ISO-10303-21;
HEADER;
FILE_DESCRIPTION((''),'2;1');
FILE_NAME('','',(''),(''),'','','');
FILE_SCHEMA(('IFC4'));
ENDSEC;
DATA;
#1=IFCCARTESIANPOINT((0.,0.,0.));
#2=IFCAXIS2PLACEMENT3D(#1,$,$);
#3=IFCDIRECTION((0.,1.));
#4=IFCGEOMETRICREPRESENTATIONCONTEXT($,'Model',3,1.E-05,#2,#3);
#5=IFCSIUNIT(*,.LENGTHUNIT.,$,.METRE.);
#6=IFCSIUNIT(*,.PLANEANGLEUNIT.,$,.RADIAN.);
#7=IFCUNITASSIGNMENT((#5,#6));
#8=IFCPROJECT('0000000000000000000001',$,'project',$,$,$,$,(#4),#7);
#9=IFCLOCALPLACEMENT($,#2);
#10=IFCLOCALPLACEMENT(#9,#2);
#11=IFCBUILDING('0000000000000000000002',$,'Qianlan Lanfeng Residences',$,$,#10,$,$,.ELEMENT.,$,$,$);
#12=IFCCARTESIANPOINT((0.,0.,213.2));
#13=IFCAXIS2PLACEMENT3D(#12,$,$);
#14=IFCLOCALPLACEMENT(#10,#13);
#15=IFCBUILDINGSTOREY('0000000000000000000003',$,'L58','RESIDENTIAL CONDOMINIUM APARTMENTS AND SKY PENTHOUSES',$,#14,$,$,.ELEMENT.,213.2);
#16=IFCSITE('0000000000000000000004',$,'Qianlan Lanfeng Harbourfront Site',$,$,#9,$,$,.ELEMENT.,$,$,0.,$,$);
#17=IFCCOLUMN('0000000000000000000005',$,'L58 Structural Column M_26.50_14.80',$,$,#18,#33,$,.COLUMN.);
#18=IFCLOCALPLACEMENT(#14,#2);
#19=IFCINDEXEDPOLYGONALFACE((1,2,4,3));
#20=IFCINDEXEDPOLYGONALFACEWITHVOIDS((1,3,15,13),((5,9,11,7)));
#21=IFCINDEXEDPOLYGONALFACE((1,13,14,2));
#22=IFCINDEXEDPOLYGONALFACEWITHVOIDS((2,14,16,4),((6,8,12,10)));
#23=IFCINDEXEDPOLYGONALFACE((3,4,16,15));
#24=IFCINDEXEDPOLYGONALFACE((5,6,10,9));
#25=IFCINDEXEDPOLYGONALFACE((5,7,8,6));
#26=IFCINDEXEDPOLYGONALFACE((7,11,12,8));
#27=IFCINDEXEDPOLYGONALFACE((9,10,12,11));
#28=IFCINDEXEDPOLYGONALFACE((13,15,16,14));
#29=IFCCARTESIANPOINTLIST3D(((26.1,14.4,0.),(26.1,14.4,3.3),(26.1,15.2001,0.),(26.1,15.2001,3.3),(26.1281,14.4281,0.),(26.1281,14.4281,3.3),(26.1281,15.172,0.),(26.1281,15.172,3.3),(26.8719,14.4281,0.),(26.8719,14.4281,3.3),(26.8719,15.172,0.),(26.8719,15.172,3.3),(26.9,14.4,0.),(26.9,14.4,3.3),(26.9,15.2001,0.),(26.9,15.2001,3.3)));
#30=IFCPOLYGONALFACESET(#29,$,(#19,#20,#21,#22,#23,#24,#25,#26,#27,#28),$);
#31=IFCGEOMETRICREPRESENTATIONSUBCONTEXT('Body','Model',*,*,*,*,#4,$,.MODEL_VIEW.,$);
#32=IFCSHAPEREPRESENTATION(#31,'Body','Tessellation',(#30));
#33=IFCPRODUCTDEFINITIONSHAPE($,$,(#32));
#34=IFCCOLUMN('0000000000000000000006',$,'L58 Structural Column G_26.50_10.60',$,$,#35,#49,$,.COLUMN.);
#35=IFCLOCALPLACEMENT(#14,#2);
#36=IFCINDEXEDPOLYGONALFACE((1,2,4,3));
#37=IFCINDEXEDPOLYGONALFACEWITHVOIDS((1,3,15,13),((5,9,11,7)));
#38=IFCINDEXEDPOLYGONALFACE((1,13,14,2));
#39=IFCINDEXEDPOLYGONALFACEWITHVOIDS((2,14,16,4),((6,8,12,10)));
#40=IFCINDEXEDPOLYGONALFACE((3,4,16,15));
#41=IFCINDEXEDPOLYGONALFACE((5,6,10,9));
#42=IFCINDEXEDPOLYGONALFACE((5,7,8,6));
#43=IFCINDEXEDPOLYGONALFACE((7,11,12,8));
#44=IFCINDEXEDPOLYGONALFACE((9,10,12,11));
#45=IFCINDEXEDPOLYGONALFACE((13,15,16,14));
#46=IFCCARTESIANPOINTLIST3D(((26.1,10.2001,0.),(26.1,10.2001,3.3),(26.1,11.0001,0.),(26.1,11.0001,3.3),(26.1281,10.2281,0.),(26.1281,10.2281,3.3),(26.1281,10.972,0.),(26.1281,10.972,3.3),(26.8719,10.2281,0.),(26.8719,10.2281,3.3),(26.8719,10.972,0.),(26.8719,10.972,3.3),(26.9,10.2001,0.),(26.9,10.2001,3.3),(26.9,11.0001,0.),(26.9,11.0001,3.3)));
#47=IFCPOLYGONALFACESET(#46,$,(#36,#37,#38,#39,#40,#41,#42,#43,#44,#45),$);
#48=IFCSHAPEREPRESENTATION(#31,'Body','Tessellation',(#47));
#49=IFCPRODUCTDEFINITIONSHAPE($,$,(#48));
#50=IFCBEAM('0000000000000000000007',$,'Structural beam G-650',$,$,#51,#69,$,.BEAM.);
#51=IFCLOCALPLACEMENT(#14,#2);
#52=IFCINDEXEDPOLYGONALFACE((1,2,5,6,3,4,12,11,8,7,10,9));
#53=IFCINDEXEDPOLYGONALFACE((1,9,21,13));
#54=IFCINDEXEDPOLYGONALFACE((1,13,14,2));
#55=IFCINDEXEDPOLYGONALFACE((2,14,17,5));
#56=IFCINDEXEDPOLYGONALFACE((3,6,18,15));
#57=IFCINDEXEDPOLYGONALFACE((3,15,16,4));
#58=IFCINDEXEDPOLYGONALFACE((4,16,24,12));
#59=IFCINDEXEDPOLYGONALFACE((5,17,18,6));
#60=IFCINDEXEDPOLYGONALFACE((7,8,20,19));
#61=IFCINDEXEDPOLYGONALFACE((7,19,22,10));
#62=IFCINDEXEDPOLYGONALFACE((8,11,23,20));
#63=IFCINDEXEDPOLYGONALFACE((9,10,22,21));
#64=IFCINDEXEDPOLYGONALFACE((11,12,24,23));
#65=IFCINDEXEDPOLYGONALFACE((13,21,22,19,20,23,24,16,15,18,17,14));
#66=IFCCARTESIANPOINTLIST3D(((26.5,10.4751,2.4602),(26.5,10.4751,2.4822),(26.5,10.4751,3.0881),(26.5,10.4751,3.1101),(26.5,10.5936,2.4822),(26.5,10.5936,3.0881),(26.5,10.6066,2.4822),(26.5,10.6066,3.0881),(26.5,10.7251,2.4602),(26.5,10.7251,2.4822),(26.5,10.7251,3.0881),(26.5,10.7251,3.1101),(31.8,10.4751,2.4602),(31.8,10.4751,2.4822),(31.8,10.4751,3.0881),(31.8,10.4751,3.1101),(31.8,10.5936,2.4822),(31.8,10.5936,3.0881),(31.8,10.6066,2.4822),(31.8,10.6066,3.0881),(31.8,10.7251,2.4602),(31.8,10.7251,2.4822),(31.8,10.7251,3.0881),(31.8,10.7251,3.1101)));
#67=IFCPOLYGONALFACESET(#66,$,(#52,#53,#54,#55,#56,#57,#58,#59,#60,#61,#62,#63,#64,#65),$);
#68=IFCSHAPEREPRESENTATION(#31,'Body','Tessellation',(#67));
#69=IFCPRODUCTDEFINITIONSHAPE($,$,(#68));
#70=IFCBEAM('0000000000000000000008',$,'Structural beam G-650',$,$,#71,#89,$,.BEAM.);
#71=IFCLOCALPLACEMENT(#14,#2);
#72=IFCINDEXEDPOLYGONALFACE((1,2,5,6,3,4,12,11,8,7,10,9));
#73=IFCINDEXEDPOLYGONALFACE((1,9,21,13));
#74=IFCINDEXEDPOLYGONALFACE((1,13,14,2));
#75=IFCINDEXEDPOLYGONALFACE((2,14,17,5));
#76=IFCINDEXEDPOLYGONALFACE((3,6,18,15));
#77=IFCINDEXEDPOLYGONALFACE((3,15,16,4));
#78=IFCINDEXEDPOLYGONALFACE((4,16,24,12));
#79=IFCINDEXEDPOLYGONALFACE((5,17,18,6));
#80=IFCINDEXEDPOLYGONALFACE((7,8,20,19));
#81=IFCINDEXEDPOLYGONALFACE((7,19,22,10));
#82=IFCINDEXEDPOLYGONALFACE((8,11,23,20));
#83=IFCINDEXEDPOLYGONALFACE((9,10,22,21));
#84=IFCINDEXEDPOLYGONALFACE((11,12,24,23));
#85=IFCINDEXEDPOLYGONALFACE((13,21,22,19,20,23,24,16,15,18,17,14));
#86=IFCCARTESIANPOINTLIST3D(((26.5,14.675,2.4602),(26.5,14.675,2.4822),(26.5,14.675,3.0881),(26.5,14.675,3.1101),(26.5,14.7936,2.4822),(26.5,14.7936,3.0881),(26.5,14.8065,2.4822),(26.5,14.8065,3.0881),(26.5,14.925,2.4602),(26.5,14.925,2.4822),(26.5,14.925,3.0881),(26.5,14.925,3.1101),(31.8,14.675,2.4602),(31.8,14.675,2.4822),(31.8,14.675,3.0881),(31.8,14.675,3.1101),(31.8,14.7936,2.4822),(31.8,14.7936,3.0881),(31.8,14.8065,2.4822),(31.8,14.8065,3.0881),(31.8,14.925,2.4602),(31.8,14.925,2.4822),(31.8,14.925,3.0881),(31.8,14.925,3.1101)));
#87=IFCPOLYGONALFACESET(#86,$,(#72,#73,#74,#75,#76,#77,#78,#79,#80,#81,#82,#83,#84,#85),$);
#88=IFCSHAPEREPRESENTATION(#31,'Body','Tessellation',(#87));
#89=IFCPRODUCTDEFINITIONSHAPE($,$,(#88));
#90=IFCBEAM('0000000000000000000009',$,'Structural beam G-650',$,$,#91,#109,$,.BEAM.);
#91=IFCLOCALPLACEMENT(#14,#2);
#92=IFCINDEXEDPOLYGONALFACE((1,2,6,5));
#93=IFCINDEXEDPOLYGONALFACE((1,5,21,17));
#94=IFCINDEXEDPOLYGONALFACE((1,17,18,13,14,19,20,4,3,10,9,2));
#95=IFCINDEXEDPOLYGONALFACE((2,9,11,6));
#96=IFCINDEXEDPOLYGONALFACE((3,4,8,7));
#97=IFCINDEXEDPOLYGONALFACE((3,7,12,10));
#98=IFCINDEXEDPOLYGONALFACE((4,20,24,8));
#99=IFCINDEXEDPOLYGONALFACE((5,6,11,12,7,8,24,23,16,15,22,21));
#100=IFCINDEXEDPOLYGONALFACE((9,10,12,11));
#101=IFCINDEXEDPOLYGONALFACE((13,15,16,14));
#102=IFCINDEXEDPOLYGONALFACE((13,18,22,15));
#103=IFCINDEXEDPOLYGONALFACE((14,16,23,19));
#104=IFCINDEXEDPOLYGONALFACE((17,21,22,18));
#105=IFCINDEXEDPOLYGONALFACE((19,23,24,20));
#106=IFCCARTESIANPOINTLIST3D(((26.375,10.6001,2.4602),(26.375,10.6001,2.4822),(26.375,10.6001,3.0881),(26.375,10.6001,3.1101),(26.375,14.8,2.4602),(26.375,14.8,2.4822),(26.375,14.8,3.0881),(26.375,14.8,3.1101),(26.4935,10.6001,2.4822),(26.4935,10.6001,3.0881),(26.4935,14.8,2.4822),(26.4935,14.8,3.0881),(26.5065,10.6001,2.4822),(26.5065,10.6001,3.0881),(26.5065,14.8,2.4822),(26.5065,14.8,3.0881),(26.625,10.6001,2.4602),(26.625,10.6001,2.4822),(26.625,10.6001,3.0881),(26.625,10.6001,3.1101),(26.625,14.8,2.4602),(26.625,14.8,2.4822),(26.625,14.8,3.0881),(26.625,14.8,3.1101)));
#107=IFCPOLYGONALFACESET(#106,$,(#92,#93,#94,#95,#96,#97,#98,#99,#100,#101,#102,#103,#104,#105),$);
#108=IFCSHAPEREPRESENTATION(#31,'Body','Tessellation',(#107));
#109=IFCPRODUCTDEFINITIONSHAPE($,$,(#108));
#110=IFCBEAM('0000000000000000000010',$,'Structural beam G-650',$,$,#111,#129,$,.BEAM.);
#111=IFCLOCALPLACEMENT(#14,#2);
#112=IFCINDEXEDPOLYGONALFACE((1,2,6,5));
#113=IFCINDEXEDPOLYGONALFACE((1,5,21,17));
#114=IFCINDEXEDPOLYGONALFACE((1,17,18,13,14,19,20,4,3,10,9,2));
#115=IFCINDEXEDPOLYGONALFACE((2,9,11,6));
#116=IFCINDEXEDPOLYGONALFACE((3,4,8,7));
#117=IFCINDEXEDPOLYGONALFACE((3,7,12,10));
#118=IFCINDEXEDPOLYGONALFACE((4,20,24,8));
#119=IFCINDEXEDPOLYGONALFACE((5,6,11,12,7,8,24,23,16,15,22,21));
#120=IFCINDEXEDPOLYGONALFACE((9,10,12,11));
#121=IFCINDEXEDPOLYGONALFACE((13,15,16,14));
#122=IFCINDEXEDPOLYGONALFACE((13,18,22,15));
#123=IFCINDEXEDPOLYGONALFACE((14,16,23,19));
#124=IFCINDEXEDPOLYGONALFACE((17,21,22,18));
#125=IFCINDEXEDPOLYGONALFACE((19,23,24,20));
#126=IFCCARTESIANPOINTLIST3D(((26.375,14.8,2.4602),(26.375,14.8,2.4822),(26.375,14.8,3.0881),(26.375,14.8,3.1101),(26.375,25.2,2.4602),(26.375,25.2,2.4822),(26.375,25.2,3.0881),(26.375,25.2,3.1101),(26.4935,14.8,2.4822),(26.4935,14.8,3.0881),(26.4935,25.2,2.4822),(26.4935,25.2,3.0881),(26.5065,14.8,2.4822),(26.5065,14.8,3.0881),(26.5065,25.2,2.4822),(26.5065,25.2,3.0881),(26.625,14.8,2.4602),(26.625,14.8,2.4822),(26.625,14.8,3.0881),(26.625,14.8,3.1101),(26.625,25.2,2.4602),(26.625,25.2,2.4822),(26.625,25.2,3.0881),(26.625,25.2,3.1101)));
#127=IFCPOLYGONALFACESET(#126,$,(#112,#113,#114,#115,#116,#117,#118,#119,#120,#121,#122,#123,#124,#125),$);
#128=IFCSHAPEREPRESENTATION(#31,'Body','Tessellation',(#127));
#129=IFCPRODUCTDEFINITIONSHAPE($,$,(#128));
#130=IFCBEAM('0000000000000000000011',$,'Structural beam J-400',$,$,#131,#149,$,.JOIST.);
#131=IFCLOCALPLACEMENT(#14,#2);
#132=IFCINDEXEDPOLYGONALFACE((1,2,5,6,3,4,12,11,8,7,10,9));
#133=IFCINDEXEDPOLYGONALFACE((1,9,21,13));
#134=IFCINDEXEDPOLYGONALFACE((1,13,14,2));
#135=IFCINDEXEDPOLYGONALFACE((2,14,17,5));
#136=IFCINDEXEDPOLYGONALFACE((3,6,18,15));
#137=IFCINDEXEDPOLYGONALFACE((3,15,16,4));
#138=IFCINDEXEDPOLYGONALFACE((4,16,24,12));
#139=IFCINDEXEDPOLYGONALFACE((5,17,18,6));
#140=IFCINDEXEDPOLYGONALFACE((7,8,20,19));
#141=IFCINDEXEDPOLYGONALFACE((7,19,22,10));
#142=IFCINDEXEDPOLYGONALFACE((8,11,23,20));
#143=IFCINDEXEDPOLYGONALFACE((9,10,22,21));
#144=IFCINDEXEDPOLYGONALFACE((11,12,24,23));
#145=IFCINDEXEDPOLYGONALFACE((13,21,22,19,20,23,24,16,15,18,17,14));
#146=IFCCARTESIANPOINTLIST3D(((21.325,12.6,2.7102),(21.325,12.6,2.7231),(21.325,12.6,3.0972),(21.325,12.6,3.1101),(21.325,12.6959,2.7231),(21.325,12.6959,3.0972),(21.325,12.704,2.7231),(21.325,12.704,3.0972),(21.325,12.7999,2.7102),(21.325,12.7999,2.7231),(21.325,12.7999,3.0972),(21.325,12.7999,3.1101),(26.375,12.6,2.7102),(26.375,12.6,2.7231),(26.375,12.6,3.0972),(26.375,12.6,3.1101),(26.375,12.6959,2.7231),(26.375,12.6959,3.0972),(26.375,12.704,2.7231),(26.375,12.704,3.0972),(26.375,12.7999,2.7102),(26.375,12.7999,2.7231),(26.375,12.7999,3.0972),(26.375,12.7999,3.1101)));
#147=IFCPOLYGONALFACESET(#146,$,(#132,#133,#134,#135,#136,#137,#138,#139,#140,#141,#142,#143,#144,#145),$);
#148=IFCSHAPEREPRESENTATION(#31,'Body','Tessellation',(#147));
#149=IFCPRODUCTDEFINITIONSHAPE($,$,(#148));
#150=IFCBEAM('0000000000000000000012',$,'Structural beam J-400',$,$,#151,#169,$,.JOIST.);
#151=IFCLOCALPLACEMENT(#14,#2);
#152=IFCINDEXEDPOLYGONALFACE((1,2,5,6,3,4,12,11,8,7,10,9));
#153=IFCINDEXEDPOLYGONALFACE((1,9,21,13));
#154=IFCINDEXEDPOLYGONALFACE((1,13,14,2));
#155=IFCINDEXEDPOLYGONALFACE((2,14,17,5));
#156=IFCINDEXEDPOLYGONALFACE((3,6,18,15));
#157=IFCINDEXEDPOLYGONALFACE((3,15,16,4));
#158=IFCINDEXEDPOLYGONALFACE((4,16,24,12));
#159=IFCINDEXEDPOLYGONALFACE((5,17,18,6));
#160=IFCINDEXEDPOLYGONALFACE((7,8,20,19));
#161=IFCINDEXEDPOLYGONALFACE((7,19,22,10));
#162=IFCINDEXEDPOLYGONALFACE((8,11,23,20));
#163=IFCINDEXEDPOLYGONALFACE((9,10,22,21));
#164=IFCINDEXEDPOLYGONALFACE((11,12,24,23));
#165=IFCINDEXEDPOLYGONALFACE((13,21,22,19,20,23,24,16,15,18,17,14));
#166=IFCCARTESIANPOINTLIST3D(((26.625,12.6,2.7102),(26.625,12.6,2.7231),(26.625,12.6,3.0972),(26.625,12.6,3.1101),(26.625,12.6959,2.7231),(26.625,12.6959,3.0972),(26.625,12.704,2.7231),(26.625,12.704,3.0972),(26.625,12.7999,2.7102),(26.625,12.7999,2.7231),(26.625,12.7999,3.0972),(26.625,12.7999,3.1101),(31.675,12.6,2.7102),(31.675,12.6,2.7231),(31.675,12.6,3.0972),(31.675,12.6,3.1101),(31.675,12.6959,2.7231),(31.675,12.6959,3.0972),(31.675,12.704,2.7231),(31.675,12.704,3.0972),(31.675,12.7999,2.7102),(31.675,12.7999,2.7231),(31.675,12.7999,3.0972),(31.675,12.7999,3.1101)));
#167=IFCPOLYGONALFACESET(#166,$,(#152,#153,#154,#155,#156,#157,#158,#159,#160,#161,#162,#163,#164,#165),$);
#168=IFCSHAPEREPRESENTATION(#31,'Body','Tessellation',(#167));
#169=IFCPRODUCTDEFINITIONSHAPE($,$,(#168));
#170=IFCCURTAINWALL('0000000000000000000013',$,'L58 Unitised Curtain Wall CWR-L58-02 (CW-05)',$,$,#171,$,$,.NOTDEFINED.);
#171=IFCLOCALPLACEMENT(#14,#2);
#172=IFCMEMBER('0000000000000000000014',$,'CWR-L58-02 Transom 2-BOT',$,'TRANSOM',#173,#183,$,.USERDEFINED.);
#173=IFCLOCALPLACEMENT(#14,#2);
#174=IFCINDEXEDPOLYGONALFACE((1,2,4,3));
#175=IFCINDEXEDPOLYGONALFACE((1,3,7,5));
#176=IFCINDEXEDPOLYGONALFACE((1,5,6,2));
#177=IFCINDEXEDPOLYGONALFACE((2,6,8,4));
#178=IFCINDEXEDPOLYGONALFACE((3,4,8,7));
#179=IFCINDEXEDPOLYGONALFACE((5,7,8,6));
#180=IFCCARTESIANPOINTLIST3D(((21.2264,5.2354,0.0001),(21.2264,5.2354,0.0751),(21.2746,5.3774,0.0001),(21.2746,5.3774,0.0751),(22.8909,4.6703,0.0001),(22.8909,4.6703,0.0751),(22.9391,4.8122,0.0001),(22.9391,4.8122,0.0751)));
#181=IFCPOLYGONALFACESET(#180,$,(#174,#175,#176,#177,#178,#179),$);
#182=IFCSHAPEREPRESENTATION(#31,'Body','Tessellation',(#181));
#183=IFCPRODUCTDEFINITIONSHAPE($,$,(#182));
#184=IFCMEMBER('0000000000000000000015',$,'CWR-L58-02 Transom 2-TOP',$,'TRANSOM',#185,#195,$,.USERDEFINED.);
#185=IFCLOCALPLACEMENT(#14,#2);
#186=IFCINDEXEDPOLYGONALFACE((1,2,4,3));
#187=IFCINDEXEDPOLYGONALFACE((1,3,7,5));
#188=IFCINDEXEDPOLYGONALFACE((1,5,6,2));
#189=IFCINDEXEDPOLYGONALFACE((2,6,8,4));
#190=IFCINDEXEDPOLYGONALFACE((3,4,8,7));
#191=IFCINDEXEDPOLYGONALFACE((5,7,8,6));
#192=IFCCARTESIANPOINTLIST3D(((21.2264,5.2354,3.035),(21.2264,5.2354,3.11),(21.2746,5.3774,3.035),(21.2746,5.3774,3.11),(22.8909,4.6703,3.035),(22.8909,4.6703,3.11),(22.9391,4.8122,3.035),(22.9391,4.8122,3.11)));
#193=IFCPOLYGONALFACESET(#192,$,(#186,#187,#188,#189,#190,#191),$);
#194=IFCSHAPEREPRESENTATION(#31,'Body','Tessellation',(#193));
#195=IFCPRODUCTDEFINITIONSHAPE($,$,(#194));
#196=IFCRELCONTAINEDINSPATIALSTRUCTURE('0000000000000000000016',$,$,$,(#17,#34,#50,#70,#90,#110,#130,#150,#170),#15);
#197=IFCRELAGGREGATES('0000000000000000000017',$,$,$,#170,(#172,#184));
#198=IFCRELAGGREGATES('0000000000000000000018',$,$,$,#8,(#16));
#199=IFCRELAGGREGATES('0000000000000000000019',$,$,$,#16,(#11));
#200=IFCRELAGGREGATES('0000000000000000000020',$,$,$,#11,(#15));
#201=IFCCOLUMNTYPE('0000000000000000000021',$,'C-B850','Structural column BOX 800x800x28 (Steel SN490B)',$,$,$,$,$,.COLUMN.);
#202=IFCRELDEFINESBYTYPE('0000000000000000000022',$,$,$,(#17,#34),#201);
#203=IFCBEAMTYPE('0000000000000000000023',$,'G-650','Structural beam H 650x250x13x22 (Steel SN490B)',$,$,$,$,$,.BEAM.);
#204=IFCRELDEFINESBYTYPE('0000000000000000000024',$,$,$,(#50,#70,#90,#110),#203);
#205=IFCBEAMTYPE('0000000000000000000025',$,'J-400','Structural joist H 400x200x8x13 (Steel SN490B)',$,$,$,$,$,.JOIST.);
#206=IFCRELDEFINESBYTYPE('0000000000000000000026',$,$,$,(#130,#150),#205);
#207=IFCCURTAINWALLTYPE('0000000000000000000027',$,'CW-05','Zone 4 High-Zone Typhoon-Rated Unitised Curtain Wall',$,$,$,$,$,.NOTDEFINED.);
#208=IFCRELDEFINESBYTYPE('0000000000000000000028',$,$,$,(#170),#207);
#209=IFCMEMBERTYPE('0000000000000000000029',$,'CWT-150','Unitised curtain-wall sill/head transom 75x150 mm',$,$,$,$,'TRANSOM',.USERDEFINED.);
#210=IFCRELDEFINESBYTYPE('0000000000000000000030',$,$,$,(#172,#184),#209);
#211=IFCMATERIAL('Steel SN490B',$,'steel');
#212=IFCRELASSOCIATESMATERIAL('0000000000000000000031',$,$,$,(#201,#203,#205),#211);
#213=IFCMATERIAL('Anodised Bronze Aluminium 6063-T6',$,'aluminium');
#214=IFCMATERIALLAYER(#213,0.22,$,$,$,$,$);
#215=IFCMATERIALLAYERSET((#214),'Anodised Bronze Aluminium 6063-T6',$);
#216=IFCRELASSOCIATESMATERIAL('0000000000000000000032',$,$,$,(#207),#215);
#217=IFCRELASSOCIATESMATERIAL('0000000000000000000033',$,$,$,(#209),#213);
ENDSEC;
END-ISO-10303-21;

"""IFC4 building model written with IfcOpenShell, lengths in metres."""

from ifc_helpers import new_model, si_unit, direction, frame, origin, origin_2d, place, context, subcontext, project, spatial, rectangle, hollow_rectangle, i_section, extrude, source, transform, mapped, material, layer, layer_set, material_profile, profile_set, type_object, element, aggregate, save


model = new_model("IFC4")

# Units and contexts
model_context = context("Model", 3, precision=1e-05, world=origin(), true_north=direction((0.0, 1.0)))
body_context = subcontext(model_context, "Body", "Model", "MODEL_VIEW")
ifc_project = project(units=[si_unit("LENGTHUNIT", "METRE"), si_unit("PLANEANGLEUNIT", "RADIAN")], contexts=[model_context])

# Site, building, storey
site_placement = place(None, origin())
site = spatial("IfcSite", under=ifc_project, at=site_placement, Name="Qianlan Lanfeng Harbourfront Site", CompositionType="ELEMENT", RefElevation=0.0)
building_placement = place(site_placement, origin())
building = spatial("IfcBuilding", under=site, at=building_placement, Name="Qianlan Lanfeng Residences", CompositionType="ELEMENT")
storey_placement = place(building_placement, frame((0.0, 0.0, 213.2)))
storey = spatial("IfcBuildingStorey", under=building, at=storey_placement, Name="L58", Description="RESIDENTIAL CONDOMINIUM APARTMENTS AND SKY PENTHOUSES", CompositionType="ELEMENT", Elevation=213.2)

# Columns
ifc_material_1 = material(Name="Steel SN490B", Category="steel")
ifc_material_profile_1 = material_profile(ifc_material_1, hollow_rectangle(XDim=0.8, YDim=0.8, WallThickness=0.0281, at=origin_2d()), Name="BOX 800x800x28")
ifc_profile_set_1 = profile_set([ifc_material_profile_1], Name="Steel SN490B")
column_type = type_object("IfcColumnType", Name="C-B850", Description="Structural column BOX 800x800x28 (Steel SN490B)", PredefinedType="COLUMN", material=ifc_profile_set_1)
for number, where, z_axis, x_axis, name in (
    (1, (26.5, 14.8, 0.0), (0.0, 0.0, 1.0), (1.0, 0.0, 0.0), "L58 Structural Column M_26.50_14.80"),
    (2, (26.5, 10.6001, 0.0), (0.0, 0.0, 1.0), (1.0, 0.0, 0.0), "L58 Structural Column G_26.50_10.60"),
):
    element("IfcColumn", number, at=place(storey_placement, frame(where, z_axis=z_axis, x_axis=x_axis)), inside=storey, type_object=column_type, Name=name, PredefinedType="COLUMN", context=body_context, shape_type="SweptSolid", body=[
        extrude(hollow_rectangle(XDim=0.8, YDim=0.8, WallThickness=0.0281, at=origin_2d()), origin(), (0.0, 0.0, 1.0), 3.3),
    ])

# Beams
ifc_material_profile_2 = material_profile(ifc_material_1, i_section(OverallWidth=0.25, OverallDepth=0.6499, WebThickness=0.0129, FlangeThickness=0.022, at=origin_2d()), Name="H 650x250x13x22")
ifc_profile_set_2 = profile_set([ifc_material_profile_2], Name="Steel SN490B")
beam_type_1 = type_object("IfcBeamType", Name="G-650", Description="Structural beam H 650x250x13x22 (Steel SN490B)", PredefinedType="BEAM", material=ifc_profile_set_2)
for number, where, z_axis, x_axis, name in (
    (3, (26.5, 10.6001, 2.7852), (1.0, 0.0, 0.0), (0.0, 1.0, 0.0), "Structural beam G-650"),
    (4, (26.5, 14.8, 2.7852), (1.0, 0.0, 0.0), (0.0, 1.0, 0.0), "Structural beam G-650"),
):
    element("IfcBeam", number, at=place(storey_placement, frame(where, z_axis=z_axis, x_axis=x_axis)), inside=storey, type_object=beam_type_1, Name=name, PredefinedType="BEAM", context=body_context, shape_type="SweptSolid", body=[
        extrude(i_section(OverallWidth=0.25, OverallDepth=0.6499, WebThickness=0.0129, FlangeThickness=0.022, at=origin_2d()), origin(), (0.0, 0.0, 1.0), 5.3),
    ])
beam_1_placement = place(storey_placement, frame((26.5, 10.6001, 2.7852), z_axis=(0.0, 1.0, 0.0), x_axis=(-1.0, 0.0, 0.0)))
element("IfcBeam", 5, at=beam_1_placement, inside=storey, type_object=beam_type_1, Name="Structural beam G-650", PredefinedType="BEAM", context=body_context, shape_type="SweptSolid", body=[
    extrude(i_section(OverallWidth=0.25, OverallDepth=0.6499, WebThickness=0.0129, FlangeThickness=0.022, at=origin_2d()), origin(), (0.0, 0.0, 1.0), 4.2),
])
beam_2_placement = place(storey_placement, frame((26.5, 14.8, 2.7852), z_axis=(0.0, 1.0, 0.0), x_axis=(-1.0, 0.0, 0.0)))
element("IfcBeam", 6, at=beam_2_placement, inside=storey, type_object=beam_type_1, Name="Structural beam G-650", PredefinedType="BEAM", context=body_context, shape_type="SweptSolid", body=[
    extrude(i_section(OverallWidth=0.25, OverallDepth=0.6499, WebThickness=0.0129, FlangeThickness=0.022, at=origin_2d()), origin(), (0.0, 0.0, 1.0), 10.3999),
])
ifc_material_profile_3 = material_profile(ifc_material_1, i_section(OverallWidth=0.2, OverallDepth=0.3999, WebThickness=0.0081, FlangeThickness=0.0129, at=origin_2d()), Name="H 400x200x8x13")
ifc_profile_set_3 = profile_set([ifc_material_profile_3], Name="Steel SN490B")
beam_type_2 = type_object("IfcBeamType", Name="J-400", Description="Structural joist H 400x200x8x13 (Steel SN490B)", PredefinedType="JOIST", material=ifc_profile_set_3)
for number, where, z_axis, x_axis, name in (
    (7, (21.325, 12.7, 2.9102), (1.0, 0.0, 0.0), (0.0, 1.0, 0.0), "Structural beam J-400"),
    (8, (26.625, 12.7, 2.9102), (1.0, 0.0, 0.0), (0.0, 1.0, 0.0), "Structural beam J-400"),
):
    element("IfcBeam", number, at=place(storey_placement, frame(where, z_axis=z_axis, x_axis=x_axis)), inside=storey, type_object=beam_type_2, Name=name, PredefinedType="JOIST", context=body_context, shape_type="SweptSolid", body=[
        extrude(i_section(OverallWidth=0.2, OverallDepth=0.3999, WebThickness=0.0081, FlangeThickness=0.0129, at=origin_2d()), origin(), (0.0, 0.0, 1.0), 5.05),
    ])

# Curtain wall, members
ifc_material_2 = material(Name="Anodised Bronze Aluminium 6063-T6", Category="aluminium")
ifc_layer_1 = layer(ifc_material_2, 0.22)
ifc_layer_set_1 = layer_set([ifc_layer_1], Name="Anodised Bronze Aluminium 6063-T6")
curtain_wall_type = type_object("IfcCurtainWallType", Name="CW-05", Description="Zone 4 High-Zone Typhoon-Rated Unitised Curtain Wall", PredefinedType="NOTDEFINED", material=ifc_layer_set_1)
curtain_wall_placement = place(storey_placement, origin())
curtain_wall = element("IfcCurtainWall", 9, at=curtain_wall_placement, inside=storey, type_object=curtain_wall_type, Name="L58 Unitised Curtain Wall CWR-L58-02 (CW-05)", PredefinedType="NOTDEFINED")
ifc_material_profile_4 = material_profile(ifc_material_2, rectangle(XDim=0.075, YDim=0.1499, at=origin_2d()), Name="ALU TRANSOM 75x150")
ifc_profile_set_4 = profile_set([ifc_material_profile_4], Name="Anodised Bronze Aluminium 6063-T6")
member_type_1 = type_object("IfcMemberType", Name="CWT-150", Description="Unitised curtain-wall sill/head transom 75x150 mm", ElementType="TRANSOM", PredefinedType="USERDEFINED", material=ifc_profile_set_4)
shared_shape_1 = source(origin(), body_context, "Body", "SweptSolid", [
    extrude(rectangle(XDim=0.075, YDim=0.1499, at=origin_2d()), origin(), (0.0, 0.0, 1.0), 1.7578),
])
member_1_placement = place(storey_placement, frame((21.2505, 5.3064, 0.0376), z_axis=(0.946905, -0.321514, 0.0), x_axis=(0.0, 0.0, 1.0)))
member_1 = element("IfcMember", 10, at=member_1_placement, type_object=member_type_1, Name="CWR-L58-02 Transom 2-BOT", ObjectType="TRANSOM", PredefinedType="USERDEFINED", context=body_context, shape_type="MappedRepresentation", body=[
    mapped(shared_shape_1, transform((0.0, 0.0, 0.0), scale=1.0)),
])
member_2_placement = place(storey_placement, frame((21.2505, 5.3064, 3.0725), z_axis=(0.946905, -0.321514, 0.0), x_axis=(0.0, 0.0, 1.0)))
member_2 = element("IfcMember", 11, at=member_2_placement, type_object=member_type_1, Name="CWR-L58-02 Transom 2-TOP", ObjectType="TRANSOM", PredefinedType="USERDEFINED", context=body_context, shape_type="MappedRepresentation", body=[
    mapped(shared_shape_1, transform((0.0, 0.0, 0.0), scale=1.0)),
])
aggregate(curtain_wall, [member_1, member_2])

save(model, "model.ifc")
